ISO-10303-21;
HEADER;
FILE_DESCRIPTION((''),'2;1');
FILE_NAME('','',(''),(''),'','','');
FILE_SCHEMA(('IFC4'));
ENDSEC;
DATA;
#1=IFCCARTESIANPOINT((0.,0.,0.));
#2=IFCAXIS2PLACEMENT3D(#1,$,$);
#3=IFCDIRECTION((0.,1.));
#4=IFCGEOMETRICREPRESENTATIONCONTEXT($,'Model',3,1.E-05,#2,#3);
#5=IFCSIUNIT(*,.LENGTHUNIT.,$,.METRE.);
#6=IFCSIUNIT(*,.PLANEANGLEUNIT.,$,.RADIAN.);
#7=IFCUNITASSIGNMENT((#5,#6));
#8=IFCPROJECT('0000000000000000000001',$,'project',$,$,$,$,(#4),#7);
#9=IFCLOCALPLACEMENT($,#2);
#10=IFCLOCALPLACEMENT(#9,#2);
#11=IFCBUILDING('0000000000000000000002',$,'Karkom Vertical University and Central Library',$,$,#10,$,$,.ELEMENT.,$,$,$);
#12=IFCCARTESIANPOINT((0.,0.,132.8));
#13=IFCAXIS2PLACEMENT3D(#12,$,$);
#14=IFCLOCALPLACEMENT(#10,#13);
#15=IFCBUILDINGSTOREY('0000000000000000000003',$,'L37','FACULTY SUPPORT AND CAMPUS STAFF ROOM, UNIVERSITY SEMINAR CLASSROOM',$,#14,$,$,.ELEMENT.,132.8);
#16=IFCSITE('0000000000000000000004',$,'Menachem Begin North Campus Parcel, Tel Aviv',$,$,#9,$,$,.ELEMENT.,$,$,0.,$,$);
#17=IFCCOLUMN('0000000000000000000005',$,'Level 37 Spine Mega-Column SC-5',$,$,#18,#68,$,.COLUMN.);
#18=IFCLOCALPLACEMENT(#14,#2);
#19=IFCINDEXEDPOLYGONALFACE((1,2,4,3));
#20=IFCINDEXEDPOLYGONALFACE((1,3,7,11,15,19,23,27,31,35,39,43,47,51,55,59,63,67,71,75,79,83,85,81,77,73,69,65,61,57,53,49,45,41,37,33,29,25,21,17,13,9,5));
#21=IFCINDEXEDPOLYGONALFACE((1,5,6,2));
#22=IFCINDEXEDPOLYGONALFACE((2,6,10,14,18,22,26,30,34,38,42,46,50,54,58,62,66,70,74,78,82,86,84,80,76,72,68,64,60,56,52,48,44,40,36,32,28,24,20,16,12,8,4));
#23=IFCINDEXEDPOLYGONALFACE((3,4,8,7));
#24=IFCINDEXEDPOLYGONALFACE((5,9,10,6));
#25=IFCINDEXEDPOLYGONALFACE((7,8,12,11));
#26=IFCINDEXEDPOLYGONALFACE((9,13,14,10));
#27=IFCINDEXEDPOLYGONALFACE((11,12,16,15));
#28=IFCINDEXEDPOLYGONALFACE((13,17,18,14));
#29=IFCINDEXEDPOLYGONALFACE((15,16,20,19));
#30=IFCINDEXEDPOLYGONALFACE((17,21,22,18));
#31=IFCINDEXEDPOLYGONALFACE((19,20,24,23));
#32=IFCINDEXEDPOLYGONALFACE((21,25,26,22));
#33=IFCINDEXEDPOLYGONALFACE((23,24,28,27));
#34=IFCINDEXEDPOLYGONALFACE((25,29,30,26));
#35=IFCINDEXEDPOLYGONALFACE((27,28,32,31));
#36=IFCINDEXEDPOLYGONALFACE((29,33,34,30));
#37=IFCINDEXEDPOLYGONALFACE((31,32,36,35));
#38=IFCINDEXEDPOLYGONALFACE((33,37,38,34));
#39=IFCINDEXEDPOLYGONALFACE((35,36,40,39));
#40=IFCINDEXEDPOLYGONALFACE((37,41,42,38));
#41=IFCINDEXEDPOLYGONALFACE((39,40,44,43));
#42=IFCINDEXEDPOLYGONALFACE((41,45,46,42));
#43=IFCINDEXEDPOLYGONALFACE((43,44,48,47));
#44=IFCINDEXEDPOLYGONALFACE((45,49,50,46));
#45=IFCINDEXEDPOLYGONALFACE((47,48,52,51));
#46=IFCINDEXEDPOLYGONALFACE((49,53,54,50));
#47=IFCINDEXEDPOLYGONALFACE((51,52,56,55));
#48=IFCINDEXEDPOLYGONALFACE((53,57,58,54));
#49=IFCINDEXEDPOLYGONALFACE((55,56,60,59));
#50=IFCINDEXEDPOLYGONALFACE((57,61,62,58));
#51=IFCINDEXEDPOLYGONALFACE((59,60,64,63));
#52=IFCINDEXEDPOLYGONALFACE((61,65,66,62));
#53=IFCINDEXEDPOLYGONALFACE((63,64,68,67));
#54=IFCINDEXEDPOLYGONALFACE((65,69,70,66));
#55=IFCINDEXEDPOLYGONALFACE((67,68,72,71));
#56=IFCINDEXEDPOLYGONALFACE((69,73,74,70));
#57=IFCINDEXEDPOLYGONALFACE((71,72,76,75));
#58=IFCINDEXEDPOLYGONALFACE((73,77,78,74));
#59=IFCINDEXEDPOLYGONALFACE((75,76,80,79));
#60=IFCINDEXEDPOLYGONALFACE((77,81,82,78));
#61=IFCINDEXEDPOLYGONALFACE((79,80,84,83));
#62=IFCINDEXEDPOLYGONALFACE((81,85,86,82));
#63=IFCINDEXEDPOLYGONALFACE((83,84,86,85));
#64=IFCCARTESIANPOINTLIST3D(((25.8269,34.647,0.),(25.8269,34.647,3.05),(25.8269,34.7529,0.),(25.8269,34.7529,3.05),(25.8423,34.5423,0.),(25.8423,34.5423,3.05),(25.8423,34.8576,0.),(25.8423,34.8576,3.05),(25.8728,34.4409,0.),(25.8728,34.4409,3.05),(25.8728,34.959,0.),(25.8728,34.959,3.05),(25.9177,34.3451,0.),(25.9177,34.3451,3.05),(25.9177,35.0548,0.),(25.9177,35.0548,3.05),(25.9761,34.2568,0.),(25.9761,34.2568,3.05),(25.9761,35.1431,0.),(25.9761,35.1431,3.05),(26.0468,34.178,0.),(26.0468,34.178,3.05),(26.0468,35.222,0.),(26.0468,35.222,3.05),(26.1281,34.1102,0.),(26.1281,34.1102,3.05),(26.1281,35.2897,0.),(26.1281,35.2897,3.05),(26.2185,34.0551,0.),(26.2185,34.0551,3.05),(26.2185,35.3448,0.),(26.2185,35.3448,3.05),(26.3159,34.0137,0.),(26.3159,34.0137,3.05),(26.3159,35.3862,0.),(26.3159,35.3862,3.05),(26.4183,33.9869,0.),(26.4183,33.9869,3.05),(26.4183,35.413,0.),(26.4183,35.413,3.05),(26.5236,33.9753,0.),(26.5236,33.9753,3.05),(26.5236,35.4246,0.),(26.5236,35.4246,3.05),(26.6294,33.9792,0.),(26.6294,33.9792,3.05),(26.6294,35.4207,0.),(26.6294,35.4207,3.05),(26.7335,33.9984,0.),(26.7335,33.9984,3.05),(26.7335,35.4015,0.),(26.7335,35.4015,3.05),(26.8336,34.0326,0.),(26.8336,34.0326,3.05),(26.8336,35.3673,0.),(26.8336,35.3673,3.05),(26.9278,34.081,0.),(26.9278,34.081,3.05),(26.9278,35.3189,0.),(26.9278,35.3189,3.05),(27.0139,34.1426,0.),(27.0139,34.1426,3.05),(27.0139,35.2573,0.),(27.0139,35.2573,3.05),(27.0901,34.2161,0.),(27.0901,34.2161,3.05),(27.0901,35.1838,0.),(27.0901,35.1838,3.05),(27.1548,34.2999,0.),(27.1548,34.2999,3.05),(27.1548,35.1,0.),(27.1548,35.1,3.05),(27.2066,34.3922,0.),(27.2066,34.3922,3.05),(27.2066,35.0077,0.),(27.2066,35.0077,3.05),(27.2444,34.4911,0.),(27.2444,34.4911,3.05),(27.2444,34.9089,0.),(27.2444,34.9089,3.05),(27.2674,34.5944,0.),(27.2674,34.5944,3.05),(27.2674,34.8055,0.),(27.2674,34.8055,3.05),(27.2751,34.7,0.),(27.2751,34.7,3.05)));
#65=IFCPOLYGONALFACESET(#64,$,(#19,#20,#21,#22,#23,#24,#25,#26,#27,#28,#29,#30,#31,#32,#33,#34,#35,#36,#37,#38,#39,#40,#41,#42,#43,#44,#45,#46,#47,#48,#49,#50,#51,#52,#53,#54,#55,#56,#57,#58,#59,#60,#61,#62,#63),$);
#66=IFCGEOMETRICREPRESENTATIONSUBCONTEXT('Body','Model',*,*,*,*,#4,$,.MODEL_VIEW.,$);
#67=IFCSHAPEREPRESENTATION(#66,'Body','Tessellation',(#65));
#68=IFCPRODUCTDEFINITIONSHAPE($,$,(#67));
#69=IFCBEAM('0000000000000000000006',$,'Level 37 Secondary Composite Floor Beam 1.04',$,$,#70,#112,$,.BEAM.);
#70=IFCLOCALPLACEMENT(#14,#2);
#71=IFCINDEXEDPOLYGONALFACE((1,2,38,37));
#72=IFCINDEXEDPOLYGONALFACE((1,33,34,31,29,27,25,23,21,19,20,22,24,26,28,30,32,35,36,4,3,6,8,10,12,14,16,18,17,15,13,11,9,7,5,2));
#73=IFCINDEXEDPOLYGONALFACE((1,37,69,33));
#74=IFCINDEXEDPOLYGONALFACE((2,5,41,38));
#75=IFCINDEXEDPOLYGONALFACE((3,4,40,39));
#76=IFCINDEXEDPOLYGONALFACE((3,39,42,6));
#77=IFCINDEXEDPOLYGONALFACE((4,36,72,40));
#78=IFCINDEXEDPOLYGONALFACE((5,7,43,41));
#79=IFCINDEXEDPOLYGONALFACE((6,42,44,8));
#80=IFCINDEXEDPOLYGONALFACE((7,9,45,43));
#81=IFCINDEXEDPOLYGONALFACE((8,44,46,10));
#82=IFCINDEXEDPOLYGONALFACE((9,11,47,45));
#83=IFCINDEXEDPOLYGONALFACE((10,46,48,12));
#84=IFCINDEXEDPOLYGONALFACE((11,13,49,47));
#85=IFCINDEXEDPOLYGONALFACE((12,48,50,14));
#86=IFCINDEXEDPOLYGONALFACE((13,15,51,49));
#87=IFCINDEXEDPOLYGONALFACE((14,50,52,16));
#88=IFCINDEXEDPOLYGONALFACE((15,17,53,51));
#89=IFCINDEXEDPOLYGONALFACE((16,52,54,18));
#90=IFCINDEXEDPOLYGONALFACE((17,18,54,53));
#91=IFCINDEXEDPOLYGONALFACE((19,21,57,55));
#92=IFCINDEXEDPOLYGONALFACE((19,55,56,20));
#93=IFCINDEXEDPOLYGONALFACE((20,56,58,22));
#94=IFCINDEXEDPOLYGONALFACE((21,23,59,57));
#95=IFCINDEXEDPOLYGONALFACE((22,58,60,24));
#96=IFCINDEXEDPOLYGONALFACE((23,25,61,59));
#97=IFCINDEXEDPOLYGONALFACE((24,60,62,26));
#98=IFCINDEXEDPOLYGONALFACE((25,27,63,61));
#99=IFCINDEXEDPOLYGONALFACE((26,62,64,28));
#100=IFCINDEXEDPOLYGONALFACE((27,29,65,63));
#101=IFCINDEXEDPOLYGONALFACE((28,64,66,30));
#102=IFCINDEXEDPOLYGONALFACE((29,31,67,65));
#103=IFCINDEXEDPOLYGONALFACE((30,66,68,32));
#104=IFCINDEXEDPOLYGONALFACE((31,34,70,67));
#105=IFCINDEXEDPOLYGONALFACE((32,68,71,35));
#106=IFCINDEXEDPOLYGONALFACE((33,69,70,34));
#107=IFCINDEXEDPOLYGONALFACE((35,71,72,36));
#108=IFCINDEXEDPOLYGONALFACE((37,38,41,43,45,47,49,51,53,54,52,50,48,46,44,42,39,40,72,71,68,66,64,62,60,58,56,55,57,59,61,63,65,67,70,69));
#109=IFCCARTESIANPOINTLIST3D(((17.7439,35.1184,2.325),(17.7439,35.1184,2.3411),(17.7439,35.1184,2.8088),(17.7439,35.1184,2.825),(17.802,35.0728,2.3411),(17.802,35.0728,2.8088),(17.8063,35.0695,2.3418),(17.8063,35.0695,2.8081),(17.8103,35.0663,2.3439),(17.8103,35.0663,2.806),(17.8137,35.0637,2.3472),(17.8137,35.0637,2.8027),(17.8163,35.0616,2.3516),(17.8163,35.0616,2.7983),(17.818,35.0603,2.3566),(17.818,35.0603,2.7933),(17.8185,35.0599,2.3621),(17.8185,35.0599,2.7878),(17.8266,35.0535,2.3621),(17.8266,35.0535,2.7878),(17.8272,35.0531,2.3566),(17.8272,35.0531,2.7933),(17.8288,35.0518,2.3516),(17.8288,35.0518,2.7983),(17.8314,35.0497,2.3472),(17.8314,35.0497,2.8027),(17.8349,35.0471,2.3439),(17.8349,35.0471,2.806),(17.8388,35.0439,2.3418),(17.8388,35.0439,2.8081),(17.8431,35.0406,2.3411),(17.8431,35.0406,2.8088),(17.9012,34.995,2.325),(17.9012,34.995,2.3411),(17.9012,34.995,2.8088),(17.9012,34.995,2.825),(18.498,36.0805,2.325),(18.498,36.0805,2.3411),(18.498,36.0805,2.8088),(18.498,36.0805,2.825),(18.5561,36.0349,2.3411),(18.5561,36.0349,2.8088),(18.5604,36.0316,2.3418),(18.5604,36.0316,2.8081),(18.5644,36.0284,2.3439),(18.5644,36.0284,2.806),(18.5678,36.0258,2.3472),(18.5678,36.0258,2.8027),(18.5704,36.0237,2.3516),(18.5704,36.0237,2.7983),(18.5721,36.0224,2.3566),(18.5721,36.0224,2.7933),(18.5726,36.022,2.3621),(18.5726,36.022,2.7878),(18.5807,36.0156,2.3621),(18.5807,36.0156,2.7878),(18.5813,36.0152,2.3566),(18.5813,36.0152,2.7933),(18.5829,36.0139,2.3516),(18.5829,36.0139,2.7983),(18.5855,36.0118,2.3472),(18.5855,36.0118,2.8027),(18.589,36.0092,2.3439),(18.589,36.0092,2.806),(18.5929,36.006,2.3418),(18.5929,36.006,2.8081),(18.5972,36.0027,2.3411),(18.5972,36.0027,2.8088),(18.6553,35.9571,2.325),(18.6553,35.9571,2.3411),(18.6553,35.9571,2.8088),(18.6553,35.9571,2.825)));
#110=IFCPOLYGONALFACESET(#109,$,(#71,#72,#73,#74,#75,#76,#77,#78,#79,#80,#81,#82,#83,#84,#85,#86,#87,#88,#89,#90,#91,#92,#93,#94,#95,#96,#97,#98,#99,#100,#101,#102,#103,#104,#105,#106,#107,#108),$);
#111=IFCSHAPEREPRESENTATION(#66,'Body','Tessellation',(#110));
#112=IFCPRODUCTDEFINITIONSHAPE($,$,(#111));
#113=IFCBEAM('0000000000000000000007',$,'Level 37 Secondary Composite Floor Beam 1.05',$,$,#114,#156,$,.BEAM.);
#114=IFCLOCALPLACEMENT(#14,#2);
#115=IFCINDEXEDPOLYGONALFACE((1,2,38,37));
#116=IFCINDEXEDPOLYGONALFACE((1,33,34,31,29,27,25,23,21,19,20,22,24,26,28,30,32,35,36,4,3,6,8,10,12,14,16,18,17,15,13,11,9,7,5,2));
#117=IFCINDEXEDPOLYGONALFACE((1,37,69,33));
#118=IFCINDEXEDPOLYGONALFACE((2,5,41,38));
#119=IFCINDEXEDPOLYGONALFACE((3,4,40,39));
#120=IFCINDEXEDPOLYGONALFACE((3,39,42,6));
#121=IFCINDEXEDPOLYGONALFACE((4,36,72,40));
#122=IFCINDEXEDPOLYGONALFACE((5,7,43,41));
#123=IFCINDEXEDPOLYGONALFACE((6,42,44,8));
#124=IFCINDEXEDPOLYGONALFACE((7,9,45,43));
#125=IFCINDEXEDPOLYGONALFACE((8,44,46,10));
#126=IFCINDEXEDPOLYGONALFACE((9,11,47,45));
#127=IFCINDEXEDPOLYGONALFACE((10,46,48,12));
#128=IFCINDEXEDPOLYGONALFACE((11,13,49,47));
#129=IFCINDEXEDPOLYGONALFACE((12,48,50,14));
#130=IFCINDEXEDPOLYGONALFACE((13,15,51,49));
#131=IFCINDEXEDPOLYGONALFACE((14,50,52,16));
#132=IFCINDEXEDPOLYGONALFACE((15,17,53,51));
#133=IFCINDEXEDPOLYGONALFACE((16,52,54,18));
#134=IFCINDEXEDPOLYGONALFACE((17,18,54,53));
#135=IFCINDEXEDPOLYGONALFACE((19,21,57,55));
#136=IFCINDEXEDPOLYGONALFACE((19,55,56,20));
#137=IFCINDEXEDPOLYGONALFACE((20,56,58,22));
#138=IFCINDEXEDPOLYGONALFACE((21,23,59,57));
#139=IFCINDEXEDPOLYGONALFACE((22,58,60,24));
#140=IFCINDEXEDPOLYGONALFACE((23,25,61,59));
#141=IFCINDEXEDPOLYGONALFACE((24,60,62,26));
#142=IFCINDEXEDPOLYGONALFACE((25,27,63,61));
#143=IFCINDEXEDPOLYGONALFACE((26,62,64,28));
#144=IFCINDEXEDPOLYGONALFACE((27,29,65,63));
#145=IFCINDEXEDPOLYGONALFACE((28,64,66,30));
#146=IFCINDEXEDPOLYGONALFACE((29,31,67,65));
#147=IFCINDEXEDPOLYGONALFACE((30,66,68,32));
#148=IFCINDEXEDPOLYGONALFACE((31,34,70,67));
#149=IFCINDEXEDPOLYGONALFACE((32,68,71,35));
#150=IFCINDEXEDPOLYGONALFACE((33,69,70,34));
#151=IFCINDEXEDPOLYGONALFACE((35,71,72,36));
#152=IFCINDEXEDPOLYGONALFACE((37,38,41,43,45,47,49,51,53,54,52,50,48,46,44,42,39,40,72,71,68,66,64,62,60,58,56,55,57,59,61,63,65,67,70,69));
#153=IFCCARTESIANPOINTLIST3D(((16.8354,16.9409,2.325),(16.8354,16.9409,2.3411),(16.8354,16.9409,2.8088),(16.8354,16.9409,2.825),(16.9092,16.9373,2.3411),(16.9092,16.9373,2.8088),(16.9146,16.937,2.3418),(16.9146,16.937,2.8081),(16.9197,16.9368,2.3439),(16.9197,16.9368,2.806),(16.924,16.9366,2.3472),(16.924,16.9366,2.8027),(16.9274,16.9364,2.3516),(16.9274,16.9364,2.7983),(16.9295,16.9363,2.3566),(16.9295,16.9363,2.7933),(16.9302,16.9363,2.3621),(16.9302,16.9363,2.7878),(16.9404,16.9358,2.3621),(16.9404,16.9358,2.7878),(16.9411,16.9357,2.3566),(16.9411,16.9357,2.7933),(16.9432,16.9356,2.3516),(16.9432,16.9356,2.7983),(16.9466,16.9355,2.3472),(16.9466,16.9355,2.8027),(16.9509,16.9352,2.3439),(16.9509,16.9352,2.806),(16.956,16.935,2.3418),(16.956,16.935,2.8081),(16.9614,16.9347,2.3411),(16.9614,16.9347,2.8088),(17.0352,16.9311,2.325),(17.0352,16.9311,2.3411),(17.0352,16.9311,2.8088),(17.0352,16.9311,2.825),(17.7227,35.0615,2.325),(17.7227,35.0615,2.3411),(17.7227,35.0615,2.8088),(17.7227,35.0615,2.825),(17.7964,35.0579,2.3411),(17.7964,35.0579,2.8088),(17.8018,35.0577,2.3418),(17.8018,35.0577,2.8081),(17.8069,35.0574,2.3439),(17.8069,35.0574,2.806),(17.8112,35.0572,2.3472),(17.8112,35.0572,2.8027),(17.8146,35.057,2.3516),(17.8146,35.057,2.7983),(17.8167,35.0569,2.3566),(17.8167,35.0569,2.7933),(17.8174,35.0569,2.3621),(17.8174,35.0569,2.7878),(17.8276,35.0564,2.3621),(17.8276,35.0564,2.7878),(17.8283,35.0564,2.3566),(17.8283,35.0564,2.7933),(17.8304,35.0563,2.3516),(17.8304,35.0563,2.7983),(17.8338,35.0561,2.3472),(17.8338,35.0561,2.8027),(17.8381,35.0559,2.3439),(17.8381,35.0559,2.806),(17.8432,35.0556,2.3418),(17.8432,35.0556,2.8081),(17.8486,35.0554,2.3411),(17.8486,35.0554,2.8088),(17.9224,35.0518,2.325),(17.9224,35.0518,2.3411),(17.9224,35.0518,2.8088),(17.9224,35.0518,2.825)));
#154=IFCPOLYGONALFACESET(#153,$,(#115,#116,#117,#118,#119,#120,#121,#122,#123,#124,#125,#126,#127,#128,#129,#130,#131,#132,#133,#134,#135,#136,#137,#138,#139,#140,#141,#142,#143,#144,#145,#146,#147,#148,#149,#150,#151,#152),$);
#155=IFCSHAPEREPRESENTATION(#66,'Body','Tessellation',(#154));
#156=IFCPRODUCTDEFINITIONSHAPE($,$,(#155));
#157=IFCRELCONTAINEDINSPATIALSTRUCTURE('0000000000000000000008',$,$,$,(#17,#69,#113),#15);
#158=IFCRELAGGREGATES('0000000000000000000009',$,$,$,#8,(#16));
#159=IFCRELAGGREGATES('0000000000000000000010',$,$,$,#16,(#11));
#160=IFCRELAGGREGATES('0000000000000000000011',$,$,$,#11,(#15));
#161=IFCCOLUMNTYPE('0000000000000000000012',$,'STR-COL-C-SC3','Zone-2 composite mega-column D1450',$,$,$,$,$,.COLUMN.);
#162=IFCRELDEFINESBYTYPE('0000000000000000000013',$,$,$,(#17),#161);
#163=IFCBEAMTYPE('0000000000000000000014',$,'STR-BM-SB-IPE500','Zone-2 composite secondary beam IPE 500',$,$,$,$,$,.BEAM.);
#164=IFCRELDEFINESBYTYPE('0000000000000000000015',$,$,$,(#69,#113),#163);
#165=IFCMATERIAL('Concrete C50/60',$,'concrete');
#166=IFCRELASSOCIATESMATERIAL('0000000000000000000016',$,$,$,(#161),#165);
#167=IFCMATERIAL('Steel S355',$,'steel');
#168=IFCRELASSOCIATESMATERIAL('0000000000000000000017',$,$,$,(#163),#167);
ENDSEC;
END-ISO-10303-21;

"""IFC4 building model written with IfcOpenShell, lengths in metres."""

from ifc_helpers import new_model, si_unit, direction, frame, origin, origin_with_axes, origin_2d, place, context, subcontext, project, spatial, circle, i_section, extrude, source, transform, mapped, material, material_profile, profile_set, type_object, element, save


model = new_model("IFC4")

# Units and contexts
model_context = context("Model", 3, precision=1e-05, world=origin(), true_north=direction((0.0, 1.0)))
body_context = subcontext(model_context, "Body", "Model", "MODEL_VIEW")
ifc_project = project(units=[si_unit("LENGTHUNIT", "METRE"), si_unit("PLANEANGLEUNIT", "RADIAN")], contexts=[model_context])

# Site, building, storey
site_placement = place(None, origin())
site = spatial("IfcSite", under=ifc_project, at=site_placement, Name="Menachem Begin North Campus Parcel, Tel Aviv", CompositionType="ELEMENT", RefElevation=0.0)
building_placement = place(site_placement, origin())
building = spatial("IfcBuilding", under=site, at=building_placement, Name="Karkom Vertical University and Central Library", CompositionType="ELEMENT")
storey_placement = place(building_placement, frame((0.0, 0.0, 132.8)))
storey = spatial("IfcBuildingStorey", under=building, at=storey_placement, Name="L37", Description="FACULTY SUPPORT AND CAMPUS STAFF ROOM, UNIVERSITY SEMINAR CLASSROOM", CompositionType="ELEMENT", Elevation=132.8)

# Column
ifc_material_1 = material(Name="Concrete C50/60", Category="concrete")
ifc_material_profile_1 = material_profile(ifc_material_1, circle(Radius=0.7251, at=origin_2d()), Name="CFT-D1450")
ifc_profile_set_1 = profile_set([ifc_material_profile_1], Name="Concrete C50/60")
column_type = type_object("IfcColumnType", Name="STR-COL-C-SC3", Description="Zone-2 composite mega-column D1450", PredefinedType="COLUMN", material=ifc_profile_set_1)
shared_shape_1 = source(origin_with_axes(), body_context, "Body", "SweptSolid", [
    extrude(circle(Radius=0.7251, at=origin_2d()), origin(), (0.0, 0.0, 1.0), 3.05),
])
column_placement = place(storey_placement, frame((26.55, 34.7, 0.0), z_axis=(0.0, 0.0, 1.0), x_axis=(1.0, 0.0, 0.0)))
element("IfcColumn", 1, at=column_placement, inside=storey, type_object=column_type, Name="Level 37 Spine Mega-Column SC-5", PredefinedType="COLUMN", context=body_context, shape_type="MappedRepresentation", body=[
    mapped(shared_shape_1, transform((0.0, 0.0, 0.0), scale=1.0)),
])

# Beams
ifc_material_2 = material(Name="Steel S355", Category="steel")
ifc_material_profile_2 = material_profile(ifc_material_2, i_section(OverallWidth=0.2, OverallDepth=0.5, WebThickness=0.0103, FlangeThickness=0.0161, FilletRadius=0.021, at=origin_2d()), Name="IPE 500")
ifc_profile_set_2 = profile_set([ifc_material_profile_2], Name="Steel S355")
beam_type_1 = type_object("IfcBeamType", Name="STR-BM-SB-IPE500", Description="Zone-2 composite secondary beam IPE 500", PredefinedType="BEAM", material=ifc_profile_set_2)
shared_shape_2 = source(origin_with_axes(), body_context, "Body", "SweptSolid", [
    extrude(i_section(OverallWidth=0.2, OverallDepth=0.5, WebThickness=0.0103, FlangeThickness=0.0161, FilletRadius=0.021, at=origin_2d()), origin(), (0.0, 0.0, 1.0), 1.2224),
])
beam_1_placement = place(storey_placement, frame((18.5767, 36.0188, 2.575), z_axis=(-0.616895, -0.787045, 0.0), x_axis=(0.787045, -0.616895, 0.0)))
element("IfcBeam", 2, at=beam_1_placement, inside=storey, type_object=beam_type_1, Name="Level 37 Secondary Composite Floor Beam 1.04", PredefinedType="BEAM", context=body_context, shape_type="MappedRepresentation", body=[
    mapped(shared_shape_2, transform((0.0, 0.0, 0.0), scale=1.0)),
])
shared_shape_3 = source(origin_with_axes(), body_context, "Body", "SweptSolid", [
    extrude(i_section(OverallWidth=0.2, OverallDepth=0.5, WebThickness=0.0103, FlangeThickness=0.0161, FilletRadius=0.021, at=origin_2d()), origin(), (0.0, 0.0, 1.0), 18.1423),
])
beam_2_placement = place(storey_placement, frame((17.8225, 35.0566, 2.575), z_axis=(-0.048903, -0.998804, 0.0), x_axis=(0.998804, -0.048903, 0.0)))
element("IfcBeam", 3, at=beam_2_placement, inside=storey, type_object=beam_type_1, Name="Level 37 Secondary Composite Floor Beam 1.05", PredefinedType="BEAM", context=body_context, shape_type="MappedRepresentation", body=[
    mapped(shared_shape_3, transform((0.0, 0.0, 0.0), scale=1.0)),
])

save(model, "model.ifc")
